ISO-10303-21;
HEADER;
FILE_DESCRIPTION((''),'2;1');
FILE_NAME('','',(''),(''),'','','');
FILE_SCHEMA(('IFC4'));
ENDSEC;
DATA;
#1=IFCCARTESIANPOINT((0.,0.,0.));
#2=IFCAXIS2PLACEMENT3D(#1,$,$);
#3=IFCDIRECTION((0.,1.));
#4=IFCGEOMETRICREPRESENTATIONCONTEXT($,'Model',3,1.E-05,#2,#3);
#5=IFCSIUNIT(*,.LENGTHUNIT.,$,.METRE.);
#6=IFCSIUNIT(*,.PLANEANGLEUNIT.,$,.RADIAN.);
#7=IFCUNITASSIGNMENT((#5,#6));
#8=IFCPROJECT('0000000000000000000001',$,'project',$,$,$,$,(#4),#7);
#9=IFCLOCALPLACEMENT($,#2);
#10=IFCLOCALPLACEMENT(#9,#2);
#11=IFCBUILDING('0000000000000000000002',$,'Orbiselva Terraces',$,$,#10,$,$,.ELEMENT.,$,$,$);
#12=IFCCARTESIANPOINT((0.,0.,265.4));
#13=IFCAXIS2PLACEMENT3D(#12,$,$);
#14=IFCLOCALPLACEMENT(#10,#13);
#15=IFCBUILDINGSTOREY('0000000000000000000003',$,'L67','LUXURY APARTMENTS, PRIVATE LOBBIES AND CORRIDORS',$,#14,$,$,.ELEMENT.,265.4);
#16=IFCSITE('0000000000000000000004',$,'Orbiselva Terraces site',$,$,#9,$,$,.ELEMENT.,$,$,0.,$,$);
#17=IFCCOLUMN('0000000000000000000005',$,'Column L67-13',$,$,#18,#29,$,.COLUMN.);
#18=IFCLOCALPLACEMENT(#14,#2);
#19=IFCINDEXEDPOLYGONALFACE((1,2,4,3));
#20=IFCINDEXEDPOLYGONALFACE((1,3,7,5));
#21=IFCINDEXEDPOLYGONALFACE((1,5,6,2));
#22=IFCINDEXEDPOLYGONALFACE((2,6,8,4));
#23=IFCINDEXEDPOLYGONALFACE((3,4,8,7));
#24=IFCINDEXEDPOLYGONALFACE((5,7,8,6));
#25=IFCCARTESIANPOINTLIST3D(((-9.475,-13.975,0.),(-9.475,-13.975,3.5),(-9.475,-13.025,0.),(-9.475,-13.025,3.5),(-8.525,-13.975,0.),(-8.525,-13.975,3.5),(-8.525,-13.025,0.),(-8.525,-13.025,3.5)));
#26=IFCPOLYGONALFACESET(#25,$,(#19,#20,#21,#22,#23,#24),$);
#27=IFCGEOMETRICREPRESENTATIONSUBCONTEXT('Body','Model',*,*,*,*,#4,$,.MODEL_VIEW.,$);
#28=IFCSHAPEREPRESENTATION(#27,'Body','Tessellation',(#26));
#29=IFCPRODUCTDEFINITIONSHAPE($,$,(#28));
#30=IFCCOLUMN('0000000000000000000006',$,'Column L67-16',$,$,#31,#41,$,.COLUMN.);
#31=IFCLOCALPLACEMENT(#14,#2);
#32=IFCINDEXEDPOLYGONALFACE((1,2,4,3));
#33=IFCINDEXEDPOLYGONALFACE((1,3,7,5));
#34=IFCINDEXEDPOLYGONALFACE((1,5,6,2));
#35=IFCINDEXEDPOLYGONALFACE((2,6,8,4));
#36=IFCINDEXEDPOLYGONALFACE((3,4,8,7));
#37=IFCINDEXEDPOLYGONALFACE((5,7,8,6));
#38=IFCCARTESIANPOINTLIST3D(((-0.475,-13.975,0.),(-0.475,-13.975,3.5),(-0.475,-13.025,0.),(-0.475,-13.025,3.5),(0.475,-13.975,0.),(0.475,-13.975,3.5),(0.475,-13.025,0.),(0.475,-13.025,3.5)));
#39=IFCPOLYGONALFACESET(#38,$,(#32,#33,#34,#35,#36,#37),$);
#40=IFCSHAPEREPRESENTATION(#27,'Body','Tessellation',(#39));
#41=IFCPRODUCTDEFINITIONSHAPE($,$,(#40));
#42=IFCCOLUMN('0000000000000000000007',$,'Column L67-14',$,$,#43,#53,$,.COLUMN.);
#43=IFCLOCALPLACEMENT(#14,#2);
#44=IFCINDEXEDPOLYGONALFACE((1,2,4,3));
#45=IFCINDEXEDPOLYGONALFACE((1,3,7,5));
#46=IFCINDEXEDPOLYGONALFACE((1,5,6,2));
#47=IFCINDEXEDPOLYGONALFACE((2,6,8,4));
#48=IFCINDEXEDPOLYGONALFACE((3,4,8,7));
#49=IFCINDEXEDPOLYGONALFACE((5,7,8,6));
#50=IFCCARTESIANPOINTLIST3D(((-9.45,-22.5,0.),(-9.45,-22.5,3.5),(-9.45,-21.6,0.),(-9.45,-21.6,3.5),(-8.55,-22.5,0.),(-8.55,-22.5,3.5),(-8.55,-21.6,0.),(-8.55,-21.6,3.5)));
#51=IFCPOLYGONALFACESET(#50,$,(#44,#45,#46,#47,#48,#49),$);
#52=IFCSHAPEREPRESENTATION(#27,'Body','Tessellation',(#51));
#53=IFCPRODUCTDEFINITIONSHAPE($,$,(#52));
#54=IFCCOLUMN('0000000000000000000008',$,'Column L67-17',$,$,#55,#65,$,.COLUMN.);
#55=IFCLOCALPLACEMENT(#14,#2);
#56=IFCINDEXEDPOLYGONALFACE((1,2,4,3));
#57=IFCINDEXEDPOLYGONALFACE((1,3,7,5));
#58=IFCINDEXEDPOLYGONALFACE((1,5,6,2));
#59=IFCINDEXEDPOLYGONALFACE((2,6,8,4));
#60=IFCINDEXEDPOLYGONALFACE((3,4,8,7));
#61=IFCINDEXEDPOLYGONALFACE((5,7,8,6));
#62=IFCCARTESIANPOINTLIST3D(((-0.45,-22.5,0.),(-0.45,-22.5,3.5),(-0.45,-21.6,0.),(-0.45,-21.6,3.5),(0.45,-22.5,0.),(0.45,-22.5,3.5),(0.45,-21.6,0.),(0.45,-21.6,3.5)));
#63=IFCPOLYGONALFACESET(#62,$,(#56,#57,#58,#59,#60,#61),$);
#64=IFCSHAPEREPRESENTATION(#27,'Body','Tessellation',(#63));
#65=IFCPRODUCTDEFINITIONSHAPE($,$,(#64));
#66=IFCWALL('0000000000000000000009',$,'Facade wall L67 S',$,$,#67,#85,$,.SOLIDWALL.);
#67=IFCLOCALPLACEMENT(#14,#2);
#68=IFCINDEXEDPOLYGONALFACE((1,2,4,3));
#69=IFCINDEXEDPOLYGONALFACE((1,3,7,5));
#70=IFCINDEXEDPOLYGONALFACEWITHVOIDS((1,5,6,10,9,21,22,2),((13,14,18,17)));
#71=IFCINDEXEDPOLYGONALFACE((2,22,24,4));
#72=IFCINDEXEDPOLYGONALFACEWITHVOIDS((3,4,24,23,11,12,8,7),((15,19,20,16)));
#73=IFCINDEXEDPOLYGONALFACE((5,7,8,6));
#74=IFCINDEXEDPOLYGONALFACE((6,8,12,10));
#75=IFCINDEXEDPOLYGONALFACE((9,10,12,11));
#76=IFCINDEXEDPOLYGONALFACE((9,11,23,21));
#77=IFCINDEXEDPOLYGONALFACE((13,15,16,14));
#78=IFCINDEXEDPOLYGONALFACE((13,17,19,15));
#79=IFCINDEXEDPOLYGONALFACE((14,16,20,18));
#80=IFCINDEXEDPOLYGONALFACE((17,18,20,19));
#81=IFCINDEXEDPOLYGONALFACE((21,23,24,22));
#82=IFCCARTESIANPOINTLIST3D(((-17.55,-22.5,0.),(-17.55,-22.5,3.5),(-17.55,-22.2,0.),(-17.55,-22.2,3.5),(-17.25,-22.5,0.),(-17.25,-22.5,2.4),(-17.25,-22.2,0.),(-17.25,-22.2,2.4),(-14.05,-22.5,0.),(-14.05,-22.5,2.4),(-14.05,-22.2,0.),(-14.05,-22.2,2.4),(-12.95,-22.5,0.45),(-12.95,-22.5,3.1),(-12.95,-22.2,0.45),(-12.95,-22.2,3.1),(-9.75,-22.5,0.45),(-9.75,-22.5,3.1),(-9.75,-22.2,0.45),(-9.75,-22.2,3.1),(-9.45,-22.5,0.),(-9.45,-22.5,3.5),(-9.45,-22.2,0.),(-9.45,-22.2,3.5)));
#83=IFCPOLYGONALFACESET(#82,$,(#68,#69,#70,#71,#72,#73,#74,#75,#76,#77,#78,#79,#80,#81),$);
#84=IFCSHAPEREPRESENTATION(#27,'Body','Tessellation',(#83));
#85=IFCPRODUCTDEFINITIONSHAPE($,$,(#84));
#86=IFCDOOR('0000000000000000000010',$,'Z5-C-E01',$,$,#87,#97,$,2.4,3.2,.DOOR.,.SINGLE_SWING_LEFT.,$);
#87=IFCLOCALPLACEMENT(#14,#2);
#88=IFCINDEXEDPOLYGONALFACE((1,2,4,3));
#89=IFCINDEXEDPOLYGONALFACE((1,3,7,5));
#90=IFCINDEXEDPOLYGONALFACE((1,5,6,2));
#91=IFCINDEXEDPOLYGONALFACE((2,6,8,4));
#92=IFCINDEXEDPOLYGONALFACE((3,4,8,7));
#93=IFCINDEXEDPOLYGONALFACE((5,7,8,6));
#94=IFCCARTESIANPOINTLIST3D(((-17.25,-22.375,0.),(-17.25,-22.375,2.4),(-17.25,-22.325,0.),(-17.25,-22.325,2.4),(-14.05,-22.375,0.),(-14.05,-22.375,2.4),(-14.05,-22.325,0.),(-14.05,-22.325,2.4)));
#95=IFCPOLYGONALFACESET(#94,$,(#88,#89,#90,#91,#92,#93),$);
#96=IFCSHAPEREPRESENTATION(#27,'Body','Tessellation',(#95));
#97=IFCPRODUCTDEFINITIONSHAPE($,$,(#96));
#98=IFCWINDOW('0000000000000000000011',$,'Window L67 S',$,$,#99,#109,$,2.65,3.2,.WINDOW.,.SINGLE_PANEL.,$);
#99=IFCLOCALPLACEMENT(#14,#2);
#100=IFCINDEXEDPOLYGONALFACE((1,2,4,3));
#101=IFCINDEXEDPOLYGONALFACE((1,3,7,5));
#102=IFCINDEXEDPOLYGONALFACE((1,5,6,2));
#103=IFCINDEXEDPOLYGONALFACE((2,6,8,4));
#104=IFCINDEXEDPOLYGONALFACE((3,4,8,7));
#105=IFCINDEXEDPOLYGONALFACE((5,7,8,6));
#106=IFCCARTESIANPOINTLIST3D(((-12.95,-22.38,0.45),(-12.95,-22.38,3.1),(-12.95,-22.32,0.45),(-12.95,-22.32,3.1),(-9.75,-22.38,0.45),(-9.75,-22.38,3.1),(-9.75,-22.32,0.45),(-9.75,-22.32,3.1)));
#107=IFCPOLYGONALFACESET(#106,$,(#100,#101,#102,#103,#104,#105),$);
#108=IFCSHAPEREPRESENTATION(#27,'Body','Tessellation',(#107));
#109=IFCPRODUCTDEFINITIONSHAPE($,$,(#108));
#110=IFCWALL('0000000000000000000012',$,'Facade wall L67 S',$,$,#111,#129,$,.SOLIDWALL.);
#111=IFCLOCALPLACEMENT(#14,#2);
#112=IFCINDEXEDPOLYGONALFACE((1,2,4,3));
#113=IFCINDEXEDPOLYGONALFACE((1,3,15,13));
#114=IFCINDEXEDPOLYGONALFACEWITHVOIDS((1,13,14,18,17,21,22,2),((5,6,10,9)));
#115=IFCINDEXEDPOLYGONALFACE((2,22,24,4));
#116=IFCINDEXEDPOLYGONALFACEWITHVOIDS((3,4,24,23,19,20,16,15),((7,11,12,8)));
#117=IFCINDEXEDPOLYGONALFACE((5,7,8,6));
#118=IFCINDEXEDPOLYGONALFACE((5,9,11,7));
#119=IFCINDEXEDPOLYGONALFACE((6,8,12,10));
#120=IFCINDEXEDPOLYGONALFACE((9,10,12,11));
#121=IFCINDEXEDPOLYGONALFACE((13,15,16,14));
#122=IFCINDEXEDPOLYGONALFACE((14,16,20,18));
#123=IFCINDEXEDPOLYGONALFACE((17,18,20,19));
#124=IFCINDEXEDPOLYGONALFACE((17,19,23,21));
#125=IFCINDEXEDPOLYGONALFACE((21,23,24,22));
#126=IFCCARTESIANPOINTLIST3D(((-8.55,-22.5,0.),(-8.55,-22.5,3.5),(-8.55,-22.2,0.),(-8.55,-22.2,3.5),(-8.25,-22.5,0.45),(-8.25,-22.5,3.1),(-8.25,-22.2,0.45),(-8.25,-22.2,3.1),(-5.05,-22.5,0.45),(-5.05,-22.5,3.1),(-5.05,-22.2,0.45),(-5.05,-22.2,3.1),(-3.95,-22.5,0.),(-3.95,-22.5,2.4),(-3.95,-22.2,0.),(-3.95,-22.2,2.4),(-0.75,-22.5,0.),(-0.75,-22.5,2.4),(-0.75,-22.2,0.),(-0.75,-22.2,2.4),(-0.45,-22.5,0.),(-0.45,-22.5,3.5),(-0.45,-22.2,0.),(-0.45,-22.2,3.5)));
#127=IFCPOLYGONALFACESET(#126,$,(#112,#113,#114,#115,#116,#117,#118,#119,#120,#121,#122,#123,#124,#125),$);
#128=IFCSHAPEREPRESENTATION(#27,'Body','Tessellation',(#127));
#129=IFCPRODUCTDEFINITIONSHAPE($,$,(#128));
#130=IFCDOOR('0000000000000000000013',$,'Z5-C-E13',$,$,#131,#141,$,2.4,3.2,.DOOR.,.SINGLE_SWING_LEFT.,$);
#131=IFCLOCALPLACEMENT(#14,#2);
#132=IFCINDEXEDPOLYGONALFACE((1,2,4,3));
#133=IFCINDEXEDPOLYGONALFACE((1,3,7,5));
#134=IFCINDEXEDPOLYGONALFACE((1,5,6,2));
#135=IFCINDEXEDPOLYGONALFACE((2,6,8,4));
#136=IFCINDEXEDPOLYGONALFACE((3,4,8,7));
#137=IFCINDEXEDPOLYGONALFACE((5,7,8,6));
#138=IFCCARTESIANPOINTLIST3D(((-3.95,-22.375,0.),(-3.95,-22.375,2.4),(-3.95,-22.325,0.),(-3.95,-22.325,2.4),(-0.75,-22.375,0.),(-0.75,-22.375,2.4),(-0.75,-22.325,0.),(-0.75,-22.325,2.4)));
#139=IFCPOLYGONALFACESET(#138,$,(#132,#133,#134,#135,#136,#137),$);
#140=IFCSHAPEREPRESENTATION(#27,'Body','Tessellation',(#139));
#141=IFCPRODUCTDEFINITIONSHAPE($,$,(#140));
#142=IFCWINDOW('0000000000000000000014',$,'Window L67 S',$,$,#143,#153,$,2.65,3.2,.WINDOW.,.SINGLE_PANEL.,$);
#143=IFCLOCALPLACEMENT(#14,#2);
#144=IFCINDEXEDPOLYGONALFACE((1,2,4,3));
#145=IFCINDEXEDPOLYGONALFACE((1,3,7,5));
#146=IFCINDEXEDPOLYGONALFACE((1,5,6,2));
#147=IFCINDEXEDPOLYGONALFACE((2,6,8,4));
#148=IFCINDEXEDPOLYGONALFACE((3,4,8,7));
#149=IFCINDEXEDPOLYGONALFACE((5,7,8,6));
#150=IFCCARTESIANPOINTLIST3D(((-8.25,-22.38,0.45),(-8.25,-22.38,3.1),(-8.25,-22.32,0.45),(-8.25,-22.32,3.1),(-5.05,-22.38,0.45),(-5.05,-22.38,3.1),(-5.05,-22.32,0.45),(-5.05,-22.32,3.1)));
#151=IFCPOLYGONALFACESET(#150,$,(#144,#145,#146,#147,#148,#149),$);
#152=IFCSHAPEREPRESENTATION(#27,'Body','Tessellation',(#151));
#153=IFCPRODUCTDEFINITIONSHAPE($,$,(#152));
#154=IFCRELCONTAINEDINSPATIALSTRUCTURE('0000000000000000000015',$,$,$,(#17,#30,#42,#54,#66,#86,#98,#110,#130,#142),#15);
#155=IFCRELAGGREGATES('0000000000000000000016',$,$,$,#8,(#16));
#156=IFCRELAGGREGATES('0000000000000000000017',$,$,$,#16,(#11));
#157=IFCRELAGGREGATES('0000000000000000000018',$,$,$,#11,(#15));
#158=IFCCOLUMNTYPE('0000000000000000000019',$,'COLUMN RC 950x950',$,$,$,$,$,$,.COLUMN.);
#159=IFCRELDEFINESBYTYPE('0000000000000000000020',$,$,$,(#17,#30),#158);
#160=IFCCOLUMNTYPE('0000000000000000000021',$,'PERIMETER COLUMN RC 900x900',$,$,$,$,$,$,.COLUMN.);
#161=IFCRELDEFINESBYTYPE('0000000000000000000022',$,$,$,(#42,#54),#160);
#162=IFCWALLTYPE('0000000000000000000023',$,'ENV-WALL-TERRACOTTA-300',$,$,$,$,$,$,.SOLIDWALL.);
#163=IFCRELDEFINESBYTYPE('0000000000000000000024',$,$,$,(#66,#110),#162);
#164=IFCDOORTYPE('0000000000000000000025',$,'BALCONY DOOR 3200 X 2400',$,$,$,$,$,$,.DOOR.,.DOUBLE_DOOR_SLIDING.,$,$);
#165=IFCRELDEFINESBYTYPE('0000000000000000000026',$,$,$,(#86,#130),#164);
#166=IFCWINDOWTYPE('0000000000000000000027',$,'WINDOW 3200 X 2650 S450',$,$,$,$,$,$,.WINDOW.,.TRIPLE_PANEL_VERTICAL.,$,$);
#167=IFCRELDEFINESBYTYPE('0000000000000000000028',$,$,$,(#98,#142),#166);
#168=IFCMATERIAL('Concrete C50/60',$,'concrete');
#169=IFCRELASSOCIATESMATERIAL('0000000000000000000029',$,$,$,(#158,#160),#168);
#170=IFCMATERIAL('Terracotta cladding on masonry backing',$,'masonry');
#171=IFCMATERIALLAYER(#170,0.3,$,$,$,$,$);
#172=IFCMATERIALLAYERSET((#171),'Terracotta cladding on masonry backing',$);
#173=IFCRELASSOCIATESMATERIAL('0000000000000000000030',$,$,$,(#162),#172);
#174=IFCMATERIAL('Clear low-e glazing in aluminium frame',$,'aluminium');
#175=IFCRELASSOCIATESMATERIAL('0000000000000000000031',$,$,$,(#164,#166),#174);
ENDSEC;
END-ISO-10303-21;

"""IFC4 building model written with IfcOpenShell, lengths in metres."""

from ifc_helpers import new_model, si_unit, direction, frame, frame_2d, origin, origin_2d, place, context, subcontext, project, spatial, rectangle, extrude, material, layer, layer_set, material_profile, profile_set, type_object, element, fill, save


model = new_model("IFC4")

# Units and contexts
model_context = context("Model", 3, precision=1e-05, world=origin(), true_north=direction((0.0, 1.0)))
body_context = subcontext(model_context, "Body", "Model", "MODEL_VIEW")
ifc_project = project(units=[si_unit("LENGTHUNIT", "METRE"), si_unit("PLANEANGLEUNIT", "RADIAN")], contexts=[model_context])

# Site, building, storey
site_placement = place(None, origin())
site = spatial("IfcSite", under=ifc_project, at=site_placement, Name="Orbiselva Terraces site", CompositionType="ELEMENT", RefElevation=0.0)
building_placement = place(site_placement, origin())
building = spatial("IfcBuilding", under=site, at=building_placement, Name="Orbiselva Terraces", CompositionType="ELEMENT")
storey_placement = place(building_placement, frame((0.0, 0.0, 265.4)))
storey = spatial("IfcBuildingStorey", under=building, at=storey_placement, Name="L67", Description="LUXURY APARTMENTS, PRIVATE LOBBIES AND CORRIDORS", CompositionType="ELEMENT", Elevation=265.4)

# Columns
ifc_material_1 = material(Name="Concrete C50/60", Category="concrete")
ifc_material_profile_1 = material_profile(ifc_material_1, rectangle(XDim=0.95, YDim=0.95, at=origin_2d()), Name="RC 950x950")
ifc_profile_set_1 = profile_set([ifc_material_profile_1], Name="Concrete C50/60")
column_type_1 = type_object("IfcColumnType", Name="COLUMN RC 950x950", PredefinedType="COLUMN", material=ifc_profile_set_1)
for number, where, z_axis, x_axis, name in (
    (1, (-9.0, -13.5, 0.0), (0.0, 0.0, 1.0), (1.0, 0.0, 0.0), "Column L67-13"),
    (2, (0.0, -13.5, 0.0), (0.0, 0.0, 1.0), (1.0, 0.0, 0.0), "Column L67-16"),
):
    element("IfcColumn", number, at=place(storey_placement, frame(where, z_axis=z_axis, x_axis=x_axis)), inside=storey, type_object=column_type_1, Name=name, PredefinedType="COLUMN", context=body_context, shape_type="SweptSolid", body=[
        extrude(rectangle(XDim=0.95, YDim=0.95, at=origin_2d()), origin(), (0.0, 0.0, 1.0), 3.5),
    ])
ifc_material_profile_2 = material_profile(ifc_material_1, rectangle(XDim=0.9, YDim=0.9, at=origin_2d()), Name="RC 900x900")
ifc_profile_set_2 = profile_set([ifc_material_profile_2], Name="Concrete C50/60")
column_type_2 = type_object("IfcColumnType", Name="PERIMETER COLUMN RC 900x900", PredefinedType="COLUMN", material=ifc_profile_set_2)
for number, where, z_axis, x_axis, name in (
    (3, (-9.0, -22.05, 0.0), (0.0, 0.0, 1.0), (1.0, 0.0, 0.0), "Column L67-14"),
    (4, (0.0, -22.05, 0.0), (0.0, 0.0, 1.0), (1.0, 0.0, 0.0), "Column L67-17"),
):
    element("IfcColumn", number, at=place(storey_placement, frame(where, z_axis=z_axis, x_axis=x_axis)), inside=storey, type_object=column_type_2, Name=name, PredefinedType="COLUMN", context=body_context, shape_type="SweptSolid", body=[
        extrude(rectangle(XDim=0.9, YDim=0.9, at=origin_2d()), origin(), (0.0, 0.0, 1.0), 3.5),
    ])

# Walls, openings, doors, windows
ifc_material_2 = material(Name="Terracotta cladding on masonry backing", Category="masonry")
ifc_layer_1 = layer(ifc_material_2, 0.3)
ifc_layer_set_1 = layer_set([ifc_layer_1], Name="Terracotta cladding on masonry backing")
wall_type_1 = type_object("IfcWallType", Name="ENV-WALL-TERRACOTTA-300", PredefinedType="SOLIDWALL", material=ifc_layer_set_1)
wall_1_placement = place(storey_placement, frame((-9.45, -22.35, 0.0), z_axis=(0.0, 0.0, 1.0), x_axis=(-1.0, 0.0, 0.0)))
wall_1 = element("IfcWall", 5, at=wall_1_placement, inside=storey, type_object=wall_type_1, Name="Facade wall L67 S", PredefinedType="SOLIDWALL", context=body_context, shape_type="SweptSolid", body=[
    extrude(rectangle(XDim=8.1, YDim=0.3, at=frame_2d((4.05, 0.0))), origin(), (0.0, 0.0, 1.0), 3.5),
])
opening_1_placement = place(wall_1_placement, frame((4.6, 0.0, 0.0)))
opening_1 = element("IfcOpeningElement", 6, at=opening_1_placement, cuts=wall_1, PredefinedType="OPENING", context=body_context, shape_type="SweptSolid", body=[
    extrude(rectangle(XDim=3.2, YDim=2.4, at=frame_2d((1.6, 1.2))), frame((0.0, 0.16, 0.0), z_axis=(0.0, -1.0, 0.0), x_axis=(1.0, 0.0, 0.0)), (0.0, 0.0, 1.0), 0.32),
])
opening_2_placement = place(wall_1_placement, frame((0.3, 0.0, 0.45)))
opening_2 = element("IfcOpeningElement", 7, at=opening_2_placement, cuts=wall_1, PredefinedType="OPENING", context=body_context, shape_type="SweptSolid", body=[
    extrude(rectangle(XDim=3.2, YDim=2.65, at=frame_2d((1.6, 1.325))), frame((0.0, 0.16, 0.0), z_axis=(0.0, -1.0, 0.0), x_axis=(1.0, 0.0, 0.0)), (0.0, 0.0, 1.0), 0.32),
])
ifc_material_3 = material(Name="Clear low-e glazing in aluminium frame", Category="aluminium")
door_type_1 = type_object("IfcDoorType", Name="BALCONY DOOR 3200 X 2400", OperationType="DOUBLE_DOOR_SLIDING", PredefinedType="DOOR", material=ifc_material_3)
door_1_placement = place(opening_1_placement, origin())
door_1 = element("IfcDoor", 8, at=door_1_placement, inside=storey, type_object=door_type_1, Name="Z5-C-E01", OperationType="SINGLE_SWING_LEFT", OverallHeight=2.4, OverallWidth=3.2, PredefinedType="DOOR", context=body_context, shape_type="SweptSolid", body=[
    extrude(rectangle(XDim=3.2, YDim=2.4, at=frame_2d((1.6, 1.2))), frame((0.0, 0.025, 0.0), z_axis=(0.0, -1.0, 0.0), x_axis=(1.0, 0.0, 0.0)), (0.0, 0.0, 1.0), 0.05),
])
fill(opening_1, door_1)
window_type = type_object("IfcWindowType", Name="WINDOW 3200 X 2650 S450", PartitioningType="TRIPLE_PANEL_VERTICAL", PredefinedType="WINDOW", material=ifc_material_3)
window_1_placement = place(opening_2_placement, origin())
window_1 = element("IfcWindow", 9, at=window_1_placement, inside=storey, type_object=window_type, Name="Window L67 S", OverallHeight=2.65, OverallWidth=3.2, PartitioningType="SINGLE_PANEL", PredefinedType="WINDOW", context=body_context, shape_type="SweptSolid", body=[
    extrude(rectangle(XDim=3.2, YDim=2.65, at=frame_2d((1.6, 1.325))), frame((0.0, 0.03, 0.0), z_axis=(0.0, -1.0, 0.0), x_axis=(1.0, 0.0, 0.0)), (0.0, 0.0, 1.0), 0.06),
])
fill(opening_2, window_1)
wall_2_placement = place(storey_placement, frame((-0.45, -22.35, 0.0), z_axis=(0.0, 0.0, 1.0), x_axis=(-1.0, 0.0, 0.0)))
wall_2 = element("IfcWall", 10, at=wall_2_placement, inside=storey, type_object=wall_type_1, Name="Facade wall L67 S", PredefinedType="SOLIDWALL", context=body_context, shape_type="SweptSolid", body=[
    extrude(rectangle(XDim=8.1, YDim=0.3, at=frame_2d((4.05, 0.0))), origin(), (0.0, 0.0, 1.0), 3.5),
])
opening_3_placement = place(wall_2_placement, frame((4.6, 0.0, 0.45)))
opening_3 = element("IfcOpeningElement", 11, at=opening_3_placement, cuts=wall_2, PredefinedType="OPENING", context=body_context, shape_type="SweptSolid", body=[
    extrude(rectangle(XDim=3.2, YDim=2.65, at=frame_2d((1.6, 1.325))), frame((0.0, 0.16, 0.0), z_axis=(0.0, -1.0, 0.0), x_axis=(1.0, 0.0, 0.0)), (0.0, 0.0, 1.0), 0.32),
])
opening_4_placement = place(wall_2_placement, frame((0.3, 0.0, 0.0)))
opening_4 = element("IfcOpeningElement", 12, at=opening_4_placement, cuts=wall_2, PredefinedType="OPENING", context=body_context, shape_type="SweptSolid", body=[
    extrude(rectangle(XDim=3.2, YDim=2.4, at=frame_2d((1.6, 1.2))), frame((0.0, 0.16, 0.0), z_axis=(0.0, -1.0, 0.0), x_axis=(1.0, 0.0, 0.0)), (0.0, 0.0, 1.0), 0.32),
])
door_2_placement = place(opening_4_placement, origin())
door_2 = element("IfcDoor", 13, at=door_2_placement, inside=storey, type_object=door_type_1, Name="Z5-C-E13", OperationType="SINGLE_SWING_LEFT", OverallHeight=2.4, OverallWidth=3.2, PredefinedType="DOOR", context=body_context, shape_type="SweptSolid", body=[
    extrude(rectangle(XDim=3.2, YDim=2.4, at=frame_2d((1.6, 1.2))), frame((0.0, 0.025, 0.0), z_axis=(0.0, -1.0, 0.0), x_axis=(1.0, 0.0, 0.0)), (0.0, 0.0, 1.0), 0.05),
])
fill(opening_4, door_2)
window_2_placement = place(opening_3_placement, origin())
window_2 = element("IfcWindow", 14, at=window_2_placement, inside=storey, type_object=window_type, Name="Window L67 S", OverallHeight=2.65, OverallWidth=3.2, PartitioningType="SINGLE_PANEL", PredefinedType="WINDOW", context=body_context, shape_type="SweptSolid", body=[
    extrude(rectangle(XDim=3.2, YDim=2.65, at=frame_2d((1.6, 1.325))), frame((0.0, 0.03, 0.0), z_axis=(0.0, -1.0, 0.0), x_axis=(1.0, 0.0, 0.0)), (0.0, 0.0, 1.0), 0.06),
])
fill(opening_3, window_2)

save(model, "model.ifc")
